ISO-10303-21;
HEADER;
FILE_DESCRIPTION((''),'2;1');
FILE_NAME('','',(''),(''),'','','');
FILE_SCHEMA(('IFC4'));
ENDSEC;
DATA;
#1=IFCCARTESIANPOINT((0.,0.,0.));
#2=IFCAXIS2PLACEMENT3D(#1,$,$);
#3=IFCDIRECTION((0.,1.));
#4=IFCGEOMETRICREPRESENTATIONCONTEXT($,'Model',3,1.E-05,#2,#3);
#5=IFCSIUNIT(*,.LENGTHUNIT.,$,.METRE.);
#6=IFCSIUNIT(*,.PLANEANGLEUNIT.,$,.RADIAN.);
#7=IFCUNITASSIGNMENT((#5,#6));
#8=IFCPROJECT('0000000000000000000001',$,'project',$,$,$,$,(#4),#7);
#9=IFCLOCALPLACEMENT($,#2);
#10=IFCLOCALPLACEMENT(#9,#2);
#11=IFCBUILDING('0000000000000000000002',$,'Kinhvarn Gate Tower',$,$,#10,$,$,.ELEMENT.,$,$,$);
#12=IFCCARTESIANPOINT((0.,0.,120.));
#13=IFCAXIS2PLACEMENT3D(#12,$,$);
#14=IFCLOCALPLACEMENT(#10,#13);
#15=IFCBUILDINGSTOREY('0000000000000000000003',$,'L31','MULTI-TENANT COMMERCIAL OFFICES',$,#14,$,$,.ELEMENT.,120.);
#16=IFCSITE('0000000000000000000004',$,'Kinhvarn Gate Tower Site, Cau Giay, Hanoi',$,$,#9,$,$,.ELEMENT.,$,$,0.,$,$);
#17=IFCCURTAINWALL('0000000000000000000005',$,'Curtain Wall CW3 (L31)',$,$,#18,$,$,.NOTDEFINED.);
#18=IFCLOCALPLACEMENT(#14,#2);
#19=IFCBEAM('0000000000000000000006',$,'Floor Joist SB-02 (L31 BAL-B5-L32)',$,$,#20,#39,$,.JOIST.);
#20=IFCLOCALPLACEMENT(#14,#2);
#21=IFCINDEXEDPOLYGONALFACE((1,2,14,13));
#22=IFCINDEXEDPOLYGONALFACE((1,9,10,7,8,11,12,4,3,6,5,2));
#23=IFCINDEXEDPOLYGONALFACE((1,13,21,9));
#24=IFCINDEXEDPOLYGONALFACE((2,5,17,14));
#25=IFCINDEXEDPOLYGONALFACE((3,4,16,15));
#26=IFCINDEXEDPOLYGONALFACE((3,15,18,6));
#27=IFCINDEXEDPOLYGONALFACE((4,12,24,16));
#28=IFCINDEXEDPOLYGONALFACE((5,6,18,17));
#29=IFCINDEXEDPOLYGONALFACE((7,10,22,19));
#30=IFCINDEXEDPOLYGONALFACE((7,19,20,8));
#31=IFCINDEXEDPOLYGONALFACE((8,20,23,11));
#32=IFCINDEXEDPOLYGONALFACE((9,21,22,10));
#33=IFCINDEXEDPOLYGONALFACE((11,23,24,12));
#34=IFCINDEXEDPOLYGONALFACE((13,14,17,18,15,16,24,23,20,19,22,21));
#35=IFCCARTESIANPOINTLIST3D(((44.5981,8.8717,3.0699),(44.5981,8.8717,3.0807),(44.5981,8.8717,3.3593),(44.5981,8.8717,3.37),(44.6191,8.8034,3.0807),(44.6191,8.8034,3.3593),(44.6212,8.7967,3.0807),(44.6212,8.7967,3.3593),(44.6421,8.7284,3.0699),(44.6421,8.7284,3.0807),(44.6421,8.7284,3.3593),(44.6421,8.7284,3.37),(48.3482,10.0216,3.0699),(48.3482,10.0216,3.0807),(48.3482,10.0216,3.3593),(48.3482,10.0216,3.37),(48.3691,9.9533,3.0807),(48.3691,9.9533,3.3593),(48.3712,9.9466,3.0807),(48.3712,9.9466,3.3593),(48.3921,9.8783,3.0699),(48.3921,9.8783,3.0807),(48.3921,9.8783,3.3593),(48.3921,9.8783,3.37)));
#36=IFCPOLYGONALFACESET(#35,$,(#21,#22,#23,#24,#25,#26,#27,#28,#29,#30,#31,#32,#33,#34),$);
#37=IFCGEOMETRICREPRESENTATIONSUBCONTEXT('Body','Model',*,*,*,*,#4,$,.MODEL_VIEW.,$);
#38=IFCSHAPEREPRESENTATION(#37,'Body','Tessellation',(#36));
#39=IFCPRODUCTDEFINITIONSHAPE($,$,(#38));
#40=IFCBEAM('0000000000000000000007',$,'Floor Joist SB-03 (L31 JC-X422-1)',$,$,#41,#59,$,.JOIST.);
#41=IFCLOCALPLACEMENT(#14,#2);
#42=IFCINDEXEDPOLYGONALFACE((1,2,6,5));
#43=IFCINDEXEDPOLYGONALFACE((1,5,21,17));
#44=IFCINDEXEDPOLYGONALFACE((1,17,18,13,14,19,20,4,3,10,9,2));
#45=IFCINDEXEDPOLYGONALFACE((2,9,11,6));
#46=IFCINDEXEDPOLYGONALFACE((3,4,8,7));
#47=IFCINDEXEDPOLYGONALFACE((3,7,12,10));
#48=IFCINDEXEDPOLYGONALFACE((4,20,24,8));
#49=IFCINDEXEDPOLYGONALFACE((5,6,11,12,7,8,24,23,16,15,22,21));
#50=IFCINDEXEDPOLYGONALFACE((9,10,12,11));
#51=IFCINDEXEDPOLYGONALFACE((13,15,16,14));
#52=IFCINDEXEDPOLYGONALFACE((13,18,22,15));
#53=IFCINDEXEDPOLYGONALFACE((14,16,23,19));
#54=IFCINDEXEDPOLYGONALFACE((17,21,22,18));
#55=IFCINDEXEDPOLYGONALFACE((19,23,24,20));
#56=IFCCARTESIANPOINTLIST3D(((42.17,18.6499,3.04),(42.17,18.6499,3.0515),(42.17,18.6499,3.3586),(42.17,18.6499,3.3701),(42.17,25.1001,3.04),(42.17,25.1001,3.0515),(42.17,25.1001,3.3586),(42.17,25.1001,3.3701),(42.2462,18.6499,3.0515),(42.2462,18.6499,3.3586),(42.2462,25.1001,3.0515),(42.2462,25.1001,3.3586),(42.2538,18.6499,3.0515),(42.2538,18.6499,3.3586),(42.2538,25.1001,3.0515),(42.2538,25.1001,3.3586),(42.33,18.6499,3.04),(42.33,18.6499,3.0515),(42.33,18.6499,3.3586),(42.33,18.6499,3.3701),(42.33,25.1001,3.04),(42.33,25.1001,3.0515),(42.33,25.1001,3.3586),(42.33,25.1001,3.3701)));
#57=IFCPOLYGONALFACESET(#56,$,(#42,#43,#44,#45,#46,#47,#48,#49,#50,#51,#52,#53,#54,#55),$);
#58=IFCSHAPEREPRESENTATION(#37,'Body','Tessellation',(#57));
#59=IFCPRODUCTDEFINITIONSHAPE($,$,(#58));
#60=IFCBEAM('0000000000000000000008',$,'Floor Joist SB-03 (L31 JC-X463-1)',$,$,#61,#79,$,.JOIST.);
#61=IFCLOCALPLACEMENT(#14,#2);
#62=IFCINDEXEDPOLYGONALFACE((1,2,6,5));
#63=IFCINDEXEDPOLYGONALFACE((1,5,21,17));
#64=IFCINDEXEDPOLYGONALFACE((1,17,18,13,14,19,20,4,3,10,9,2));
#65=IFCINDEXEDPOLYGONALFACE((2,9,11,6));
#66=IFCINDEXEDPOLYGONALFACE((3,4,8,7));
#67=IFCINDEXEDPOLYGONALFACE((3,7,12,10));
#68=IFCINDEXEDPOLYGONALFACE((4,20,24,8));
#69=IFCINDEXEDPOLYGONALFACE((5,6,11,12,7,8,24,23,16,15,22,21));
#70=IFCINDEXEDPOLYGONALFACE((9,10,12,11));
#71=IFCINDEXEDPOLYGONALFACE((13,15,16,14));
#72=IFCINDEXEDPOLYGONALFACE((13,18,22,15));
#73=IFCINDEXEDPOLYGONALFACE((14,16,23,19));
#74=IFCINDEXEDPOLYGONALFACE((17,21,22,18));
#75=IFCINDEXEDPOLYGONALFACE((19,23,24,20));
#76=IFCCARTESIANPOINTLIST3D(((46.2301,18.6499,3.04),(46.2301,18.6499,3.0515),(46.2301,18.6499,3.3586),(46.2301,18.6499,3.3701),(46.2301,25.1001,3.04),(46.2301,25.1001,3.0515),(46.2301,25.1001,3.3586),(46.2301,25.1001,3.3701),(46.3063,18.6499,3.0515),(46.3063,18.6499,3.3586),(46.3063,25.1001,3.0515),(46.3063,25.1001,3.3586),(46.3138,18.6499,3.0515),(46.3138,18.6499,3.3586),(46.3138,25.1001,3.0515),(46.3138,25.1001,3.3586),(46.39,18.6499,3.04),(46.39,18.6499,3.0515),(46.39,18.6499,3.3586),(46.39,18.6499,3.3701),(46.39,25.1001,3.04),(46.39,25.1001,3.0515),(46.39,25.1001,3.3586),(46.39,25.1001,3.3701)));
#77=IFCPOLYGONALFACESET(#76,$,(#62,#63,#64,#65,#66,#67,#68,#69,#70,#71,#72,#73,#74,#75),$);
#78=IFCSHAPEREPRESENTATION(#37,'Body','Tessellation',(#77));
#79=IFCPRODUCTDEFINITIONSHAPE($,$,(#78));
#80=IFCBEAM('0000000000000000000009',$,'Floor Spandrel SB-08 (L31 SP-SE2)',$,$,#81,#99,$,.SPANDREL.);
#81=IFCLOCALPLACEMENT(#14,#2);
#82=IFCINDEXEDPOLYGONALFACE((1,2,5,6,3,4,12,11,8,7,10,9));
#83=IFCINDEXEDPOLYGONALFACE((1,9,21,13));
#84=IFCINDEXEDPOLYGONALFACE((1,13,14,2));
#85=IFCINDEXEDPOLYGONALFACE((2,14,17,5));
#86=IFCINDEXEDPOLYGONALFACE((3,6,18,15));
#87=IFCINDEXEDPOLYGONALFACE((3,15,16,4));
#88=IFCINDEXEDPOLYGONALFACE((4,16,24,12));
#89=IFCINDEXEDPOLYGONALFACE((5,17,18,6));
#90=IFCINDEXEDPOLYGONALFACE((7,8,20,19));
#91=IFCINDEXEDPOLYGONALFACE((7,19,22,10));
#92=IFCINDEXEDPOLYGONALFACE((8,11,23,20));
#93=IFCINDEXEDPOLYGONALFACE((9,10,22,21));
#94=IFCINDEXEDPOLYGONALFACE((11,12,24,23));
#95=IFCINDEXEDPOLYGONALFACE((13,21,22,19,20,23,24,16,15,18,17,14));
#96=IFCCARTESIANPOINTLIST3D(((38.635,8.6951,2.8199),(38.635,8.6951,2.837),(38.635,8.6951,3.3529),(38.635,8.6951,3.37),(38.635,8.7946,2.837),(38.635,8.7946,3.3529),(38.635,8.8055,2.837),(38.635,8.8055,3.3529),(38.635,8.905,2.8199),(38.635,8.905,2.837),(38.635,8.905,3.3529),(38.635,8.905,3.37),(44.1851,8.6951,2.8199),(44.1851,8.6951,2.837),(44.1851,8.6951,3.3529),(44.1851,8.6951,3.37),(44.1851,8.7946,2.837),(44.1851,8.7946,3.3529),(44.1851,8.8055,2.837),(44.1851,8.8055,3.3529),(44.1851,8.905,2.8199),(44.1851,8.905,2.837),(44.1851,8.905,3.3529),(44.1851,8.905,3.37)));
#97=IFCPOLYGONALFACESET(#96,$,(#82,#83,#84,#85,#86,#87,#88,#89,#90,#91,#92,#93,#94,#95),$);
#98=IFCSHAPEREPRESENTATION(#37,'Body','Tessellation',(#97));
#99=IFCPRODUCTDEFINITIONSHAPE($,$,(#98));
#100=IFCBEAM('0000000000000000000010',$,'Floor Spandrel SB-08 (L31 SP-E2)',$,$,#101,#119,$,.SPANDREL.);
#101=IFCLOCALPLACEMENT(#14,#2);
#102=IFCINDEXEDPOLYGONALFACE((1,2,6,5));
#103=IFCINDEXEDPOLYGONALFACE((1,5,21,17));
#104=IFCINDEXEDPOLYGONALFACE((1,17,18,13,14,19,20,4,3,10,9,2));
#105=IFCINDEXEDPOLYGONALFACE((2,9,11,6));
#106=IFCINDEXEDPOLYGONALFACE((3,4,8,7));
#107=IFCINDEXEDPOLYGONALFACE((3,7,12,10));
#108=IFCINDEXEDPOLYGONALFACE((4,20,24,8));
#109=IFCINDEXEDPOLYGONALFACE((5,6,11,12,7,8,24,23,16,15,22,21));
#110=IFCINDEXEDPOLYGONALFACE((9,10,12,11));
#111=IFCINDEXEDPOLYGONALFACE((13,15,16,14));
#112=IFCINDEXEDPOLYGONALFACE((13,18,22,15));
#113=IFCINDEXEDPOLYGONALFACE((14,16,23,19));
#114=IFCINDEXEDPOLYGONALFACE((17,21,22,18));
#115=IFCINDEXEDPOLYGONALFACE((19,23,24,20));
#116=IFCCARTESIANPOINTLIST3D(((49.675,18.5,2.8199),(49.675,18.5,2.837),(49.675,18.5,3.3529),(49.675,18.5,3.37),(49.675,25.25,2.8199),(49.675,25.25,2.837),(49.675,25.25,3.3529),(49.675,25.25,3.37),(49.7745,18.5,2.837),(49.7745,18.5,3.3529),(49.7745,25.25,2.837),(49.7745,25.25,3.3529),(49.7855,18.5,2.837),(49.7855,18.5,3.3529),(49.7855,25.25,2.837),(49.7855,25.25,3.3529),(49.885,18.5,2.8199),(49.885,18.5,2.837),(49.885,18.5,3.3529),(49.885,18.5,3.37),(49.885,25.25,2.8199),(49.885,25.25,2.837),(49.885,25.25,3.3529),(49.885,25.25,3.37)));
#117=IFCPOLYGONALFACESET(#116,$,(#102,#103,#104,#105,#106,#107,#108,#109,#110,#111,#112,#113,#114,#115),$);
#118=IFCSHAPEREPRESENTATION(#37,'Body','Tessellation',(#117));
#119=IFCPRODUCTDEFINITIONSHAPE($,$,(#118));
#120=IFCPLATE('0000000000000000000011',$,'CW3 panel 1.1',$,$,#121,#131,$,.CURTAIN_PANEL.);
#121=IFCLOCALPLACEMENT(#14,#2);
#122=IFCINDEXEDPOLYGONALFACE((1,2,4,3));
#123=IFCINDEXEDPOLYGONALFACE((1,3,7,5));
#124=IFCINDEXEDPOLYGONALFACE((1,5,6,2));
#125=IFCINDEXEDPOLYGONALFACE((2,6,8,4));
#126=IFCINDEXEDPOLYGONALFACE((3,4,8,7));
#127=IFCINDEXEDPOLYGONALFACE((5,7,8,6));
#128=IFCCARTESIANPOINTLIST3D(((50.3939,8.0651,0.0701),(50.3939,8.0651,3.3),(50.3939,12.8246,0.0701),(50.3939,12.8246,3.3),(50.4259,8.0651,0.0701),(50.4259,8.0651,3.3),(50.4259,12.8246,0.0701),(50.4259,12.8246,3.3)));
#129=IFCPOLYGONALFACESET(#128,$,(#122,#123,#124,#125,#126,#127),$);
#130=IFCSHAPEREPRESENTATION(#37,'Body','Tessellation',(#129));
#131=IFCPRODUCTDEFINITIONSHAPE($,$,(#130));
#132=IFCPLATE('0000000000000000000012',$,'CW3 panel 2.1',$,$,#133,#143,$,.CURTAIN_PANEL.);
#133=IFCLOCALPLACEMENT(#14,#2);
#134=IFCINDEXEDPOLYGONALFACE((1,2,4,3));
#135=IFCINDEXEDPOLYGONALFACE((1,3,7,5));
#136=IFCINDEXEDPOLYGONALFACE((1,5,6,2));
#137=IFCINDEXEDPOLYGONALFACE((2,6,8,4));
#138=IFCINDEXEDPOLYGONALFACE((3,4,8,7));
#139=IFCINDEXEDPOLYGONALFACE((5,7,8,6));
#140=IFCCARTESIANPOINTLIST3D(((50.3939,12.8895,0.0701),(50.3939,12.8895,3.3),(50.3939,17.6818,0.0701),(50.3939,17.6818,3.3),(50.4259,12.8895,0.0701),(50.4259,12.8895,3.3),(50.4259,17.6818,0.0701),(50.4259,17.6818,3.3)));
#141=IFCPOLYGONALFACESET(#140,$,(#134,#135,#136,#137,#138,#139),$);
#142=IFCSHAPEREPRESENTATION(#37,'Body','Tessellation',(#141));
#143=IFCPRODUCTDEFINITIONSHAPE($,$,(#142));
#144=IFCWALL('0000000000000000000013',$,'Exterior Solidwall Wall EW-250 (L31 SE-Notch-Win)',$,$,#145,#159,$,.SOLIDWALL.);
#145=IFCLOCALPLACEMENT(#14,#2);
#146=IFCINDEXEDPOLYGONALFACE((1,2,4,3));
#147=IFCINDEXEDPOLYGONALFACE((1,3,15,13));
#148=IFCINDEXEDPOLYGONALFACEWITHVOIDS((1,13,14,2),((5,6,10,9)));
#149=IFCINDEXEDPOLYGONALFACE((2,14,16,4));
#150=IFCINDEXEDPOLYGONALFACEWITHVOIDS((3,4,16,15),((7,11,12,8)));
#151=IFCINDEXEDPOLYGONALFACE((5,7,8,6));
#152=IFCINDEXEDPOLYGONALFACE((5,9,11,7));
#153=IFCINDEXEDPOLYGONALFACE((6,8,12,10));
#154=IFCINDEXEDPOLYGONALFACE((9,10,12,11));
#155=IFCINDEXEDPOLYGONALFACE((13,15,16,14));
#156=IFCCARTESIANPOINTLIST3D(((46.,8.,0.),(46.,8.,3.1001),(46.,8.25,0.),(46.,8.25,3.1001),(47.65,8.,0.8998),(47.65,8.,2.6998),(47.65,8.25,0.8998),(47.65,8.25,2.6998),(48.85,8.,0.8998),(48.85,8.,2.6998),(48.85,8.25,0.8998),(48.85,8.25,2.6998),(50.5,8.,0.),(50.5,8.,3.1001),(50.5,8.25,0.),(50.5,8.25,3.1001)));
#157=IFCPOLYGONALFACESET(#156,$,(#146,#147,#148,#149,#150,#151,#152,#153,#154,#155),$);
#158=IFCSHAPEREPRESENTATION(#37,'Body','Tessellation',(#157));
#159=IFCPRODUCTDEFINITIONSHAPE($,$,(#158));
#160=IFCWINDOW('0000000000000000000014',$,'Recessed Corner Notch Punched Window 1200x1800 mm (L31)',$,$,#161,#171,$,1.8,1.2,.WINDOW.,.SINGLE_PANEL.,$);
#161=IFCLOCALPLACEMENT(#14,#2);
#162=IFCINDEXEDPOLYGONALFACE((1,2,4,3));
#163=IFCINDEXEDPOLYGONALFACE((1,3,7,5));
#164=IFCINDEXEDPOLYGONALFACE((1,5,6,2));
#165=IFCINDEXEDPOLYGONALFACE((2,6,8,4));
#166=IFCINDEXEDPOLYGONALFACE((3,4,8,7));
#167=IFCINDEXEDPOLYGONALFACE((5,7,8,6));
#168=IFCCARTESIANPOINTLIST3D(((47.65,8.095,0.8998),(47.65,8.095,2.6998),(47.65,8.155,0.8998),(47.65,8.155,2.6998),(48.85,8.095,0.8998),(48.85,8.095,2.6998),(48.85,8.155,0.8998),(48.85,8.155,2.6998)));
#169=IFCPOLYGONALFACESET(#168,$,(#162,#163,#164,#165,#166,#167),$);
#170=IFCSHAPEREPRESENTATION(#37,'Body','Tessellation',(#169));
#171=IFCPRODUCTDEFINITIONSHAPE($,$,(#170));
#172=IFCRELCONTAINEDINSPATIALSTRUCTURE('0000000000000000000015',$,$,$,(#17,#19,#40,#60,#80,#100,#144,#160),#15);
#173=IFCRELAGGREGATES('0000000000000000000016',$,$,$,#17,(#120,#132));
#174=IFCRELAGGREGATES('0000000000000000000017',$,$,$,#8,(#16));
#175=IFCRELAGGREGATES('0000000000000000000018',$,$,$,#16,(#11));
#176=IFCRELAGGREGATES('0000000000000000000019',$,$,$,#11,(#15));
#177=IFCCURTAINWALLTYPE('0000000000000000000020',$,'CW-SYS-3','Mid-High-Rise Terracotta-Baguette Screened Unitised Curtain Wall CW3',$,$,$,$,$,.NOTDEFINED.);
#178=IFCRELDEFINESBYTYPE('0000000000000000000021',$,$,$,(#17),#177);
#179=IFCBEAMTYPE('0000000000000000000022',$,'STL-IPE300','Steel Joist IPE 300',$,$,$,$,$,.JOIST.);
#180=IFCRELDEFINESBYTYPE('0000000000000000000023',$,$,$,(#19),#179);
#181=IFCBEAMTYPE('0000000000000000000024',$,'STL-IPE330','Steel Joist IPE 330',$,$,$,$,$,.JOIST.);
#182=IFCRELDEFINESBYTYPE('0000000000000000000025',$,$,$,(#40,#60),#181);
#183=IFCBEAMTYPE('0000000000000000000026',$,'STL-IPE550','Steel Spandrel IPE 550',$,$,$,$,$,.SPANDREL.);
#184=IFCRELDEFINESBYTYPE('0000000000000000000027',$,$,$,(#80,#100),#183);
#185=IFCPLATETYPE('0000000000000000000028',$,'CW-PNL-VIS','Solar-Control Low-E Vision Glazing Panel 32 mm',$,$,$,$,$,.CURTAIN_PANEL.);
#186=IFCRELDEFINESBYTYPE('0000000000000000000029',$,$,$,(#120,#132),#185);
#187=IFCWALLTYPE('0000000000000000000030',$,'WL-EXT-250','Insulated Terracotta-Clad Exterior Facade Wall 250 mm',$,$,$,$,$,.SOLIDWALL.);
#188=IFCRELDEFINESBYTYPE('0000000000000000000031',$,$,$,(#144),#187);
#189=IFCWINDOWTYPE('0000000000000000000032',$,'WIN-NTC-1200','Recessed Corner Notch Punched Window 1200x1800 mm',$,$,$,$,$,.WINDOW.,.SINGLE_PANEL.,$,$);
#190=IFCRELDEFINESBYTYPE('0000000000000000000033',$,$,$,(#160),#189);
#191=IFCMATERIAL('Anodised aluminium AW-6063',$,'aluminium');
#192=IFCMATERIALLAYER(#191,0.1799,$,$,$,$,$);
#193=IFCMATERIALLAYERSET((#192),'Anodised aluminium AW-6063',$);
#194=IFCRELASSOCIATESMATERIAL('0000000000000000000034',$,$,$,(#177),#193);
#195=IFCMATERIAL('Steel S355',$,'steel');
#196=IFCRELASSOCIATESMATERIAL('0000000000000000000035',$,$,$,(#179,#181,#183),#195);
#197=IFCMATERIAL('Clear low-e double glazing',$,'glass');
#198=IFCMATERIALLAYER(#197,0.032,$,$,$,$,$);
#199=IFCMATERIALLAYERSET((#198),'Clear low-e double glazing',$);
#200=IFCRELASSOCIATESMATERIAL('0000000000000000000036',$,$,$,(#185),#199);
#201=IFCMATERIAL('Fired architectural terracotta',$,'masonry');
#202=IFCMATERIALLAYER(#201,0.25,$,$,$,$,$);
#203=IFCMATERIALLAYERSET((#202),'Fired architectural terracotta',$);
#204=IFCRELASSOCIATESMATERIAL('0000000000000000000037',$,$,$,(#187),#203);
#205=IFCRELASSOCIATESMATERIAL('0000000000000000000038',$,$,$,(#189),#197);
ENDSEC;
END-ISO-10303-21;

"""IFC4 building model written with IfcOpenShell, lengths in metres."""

from ifc_helpers import new_model, si_unit, direction, frame, frame_2d, origin, origin_2d, place, context, subcontext, project, spatial, rectangle, i_section, extrude, material, layer, layer_set, material_profile, profile_set, type_object, element, fill, aggregate, save


model = new_model("IFC4")

# Units and contexts
model_context = context("Model", 3, precision=1e-05, world=origin(), true_north=direction((0.0, 1.0)))
body_context = subcontext(model_context, "Body", "Model", "MODEL_VIEW")
ifc_project = project(units=[si_unit("LENGTHUNIT", "METRE"), si_unit("PLANEANGLEUNIT", "RADIAN")], contexts=[model_context])

# Site, building, storey
site_placement = place(None, origin())
site = spatial("IfcSite", under=ifc_project, at=site_placement, Name="Kinhvarn Gate Tower Site, Cau Giay, Hanoi", CompositionType="ELEMENT", RefElevation=0.0)
building_placement = place(site_placement, origin())
building = spatial("IfcBuilding", under=site, at=building_placement, Name="Kinhvarn Gate Tower", CompositionType="ELEMENT")
storey_placement = place(building_placement, frame((0.0, 0.0, 120.0)))
storey = spatial("IfcBuildingStorey", under=building, at=storey_placement, Name="L31", Description="MULTI-TENANT COMMERCIAL OFFICES", CompositionType="ELEMENT", Elevation=120.0)

# Curtain wall
ifc_material_1 = material(Name="Anodised aluminium AW-6063", Category="aluminium")
ifc_layer_1 = layer(ifc_material_1, 0.1799)
ifc_layer_set_1 = layer_set([ifc_layer_1], Name="Anodised aluminium AW-6063")
curtain_wall_type = type_object("IfcCurtainWallType", Name="CW-SYS-3", Description="Mid-High-Rise Terracotta-Baguette Screened Unitised Curtain Wall CW3", PredefinedType="NOTDEFINED", material=ifc_layer_set_1)
curtain_wall_placement = place(storey_placement, origin())
curtain_wall = element("IfcCurtainWall", 1, at=curtain_wall_placement, inside=storey, type_object=curtain_wall_type, Name="Curtain Wall CW3 (L31)", PredefinedType="NOTDEFINED")

# Beams
ifc_material_2 = material(Name="Steel S355", Category="steel")
ifc_material_profile_1 = material_profile(ifc_material_2, i_section(OverallWidth=0.1499, OverallDepth=0.3, WebThickness=0.0071, FlangeThickness=0.0107, at=origin_2d()), Name="IPE 300")
ifc_profile_set_1 = profile_set([ifc_material_profile_1], Name="Steel S355")
beam_type_1 = type_object("IfcBeamType", Name="STL-IPE300", Description="Steel Joist IPE 300", PredefinedType="JOIST", material=ifc_profile_set_1)
beam_1_placement = place(storey_placement, frame((44.6201, 8.8, 3.22), z_axis=(0.956061, 0.293167, 0.0), x_axis=(-0.293167, 0.956061, 0.0)))
element("IfcBeam", 2, at=beam_1_placement, inside=storey, type_object=beam_type_1, Name="Floor Joist SB-02 (L31 BAL-B5-L32)", PredefinedType="JOIST", context=body_context, shape_type="SweptSolid", body=[
    extrude(i_section(OverallWidth=0.1499, OverallDepth=0.3, WebThickness=0.0071, FlangeThickness=0.0107, at=origin_2d()), origin(), (0.0, 0.0, 1.0), 3.9224),
])
ifc_material_profile_2 = material_profile(ifc_material_2, i_section(OverallWidth=0.1599, OverallDepth=0.3301, WebThickness=0.0076, FlangeThickness=0.0115, at=origin_2d()), Name="IPE 330")
ifc_profile_set_2 = profile_set([ifc_material_profile_2], Name="Steel S355")
beam_type_2 = type_object("IfcBeamType", Name="STL-IPE330", Description="Steel Joist IPE 330", PredefinedType="JOIST", material=ifc_profile_set_2)
for number, where, z_axis, x_axis, name in (
    (3, (42.25, 18.6499, 3.2051), (0.0, 1.0, 0.0), (-1.0, 0.0, 0.0), "Floor Joist SB-03 (L31 JC-X422-1)"),
    (4, (46.3101, 18.6499, 3.2051), (0.0, 1.0, 0.0), (-1.0, 0.0, 0.0), "Floor Joist SB-03 (L31 JC-X463-1)"),
):
    element("IfcBeam", number, at=place(storey_placement, frame(where, z_axis=z_axis, x_axis=x_axis)), inside=storey, type_object=beam_type_2, Name=name, PredefinedType="JOIST", context=body_context, shape_type="SweptSolid", body=[
        extrude(i_section(OverallWidth=0.1599, OverallDepth=0.3301, WebThickness=0.0076, FlangeThickness=0.0115, at=origin_2d()), origin(), (0.0, 0.0, 1.0), 6.4502),
    ])
ifc_material_profile_3 = material_profile(ifc_material_2, i_section(OverallWidth=0.21, OverallDepth=0.55, WebThickness=0.011, FlangeThickness=0.0171, at=origin_2d()), Name="IPE 550")
ifc_profile_set_3 = profile_set([ifc_material_profile_3], Name="Steel S355")
beam_type_3 = type_object("IfcBeamType", Name="STL-IPE550", Description="Steel Spandrel IPE 550", PredefinedType="SPANDREL", material=ifc_profile_set_3)
beam_2_placement = place(storey_placement, frame((38.635, 8.8, 3.095), z_axis=(1.0, 0.0, 0.0), x_axis=(0.0, 1.0, 0.0)))
element("IfcBeam", 5, at=beam_2_placement, inside=storey, type_object=beam_type_3, Name="Floor Spandrel SB-08 (L31 SP-SE2)", PredefinedType="SPANDREL", context=body_context, shape_type="SweptSolid", body=[
    extrude(i_section(OverallWidth=0.21, OverallDepth=0.55, WebThickness=0.011, FlangeThickness=0.0171, at=origin_2d()), origin(), (0.0, 0.0, 1.0), 5.55),
])
beam_3_placement = place(storey_placement, frame((49.78, 18.5, 3.095), z_axis=(0.0, 1.0, 0.0), x_axis=(-1.0, 0.0, 0.0)))
element("IfcBeam", 6, at=beam_3_placement, inside=storey, type_object=beam_type_3, Name="Floor Spandrel SB-08 (L31 SP-E2)", PredefinedType="SPANDREL", context=body_context, shape_type="SweptSolid", body=[
    extrude(i_section(OverallWidth=0.21, OverallDepth=0.55, WebThickness=0.011, FlangeThickness=0.0171, at=origin_2d()), origin(), (0.0, 0.0, 1.0), 6.75),
])

# Plates
ifc_material_3 = material(Name="Clear low-e double glazing", Category="glass")
ifc_layer_2 = layer(ifc_material_3, 0.032)
ifc_layer_set_2 = layer_set([ifc_layer_2], Name="Clear low-e double glazing")
plate_type = type_object("IfcPlateType", Name="CW-PNL-VIS", Description="Solar-Control Low-E Vision Glazing Panel 32 mm", PredefinedType="CURTAIN_PANEL", material=ifc_layer_set_2)
plate_1_placement = place(storey_placement, frame((50.4099, 10.4448, 0.0701), z_axis=(0.0, 0.0, 1.0), x_axis=(0.0, 1.0, 0.0)))
plate_1 = element("IfcPlate", 7, at=plate_1_placement, type_object=plate_type, Name="CW3 panel 1.1", PredefinedType="CURTAIN_PANEL", context=body_context, shape_type="SweptSolid", body=[
    extrude(rectangle(XDim=4.7595, YDim=0.032, at=origin_2d()), origin(), (0.0, 0.0, 1.0), 3.23),
])
plate_2_placement = place(storey_placement, frame((50.4099, 15.2856, 0.0701), z_axis=(0.0, 0.0, 1.0), x_axis=(0.0, 1.0, 0.0)))
plate_2 = element("IfcPlate", 8, at=plate_2_placement, type_object=plate_type, Name="CW3 panel 2.1", PredefinedType="CURTAIN_PANEL", context=body_context, shape_type="SweptSolid", body=[
    extrude(rectangle(XDim=4.7922, YDim=0.032, at=origin_2d()), origin(), (0.0, 0.0, 1.0), 3.23),
])
aggregate(curtain_wall, [plate_1, plate_2])

# Wall, opening, window
ifc_material_4 = material(Name="Fired architectural terracotta", Category="masonry")
ifc_layer_3 = layer(ifc_material_4, 0.25)
ifc_layer_set_3 = layer_set([ifc_layer_3], Name="Fired architectural terracotta")
wall_type = type_object("IfcWallType", Name="WL-EXT-250", Description="Insulated Terracotta-Clad Exterior Facade Wall 250 mm", PredefinedType="SOLIDWALL", material=ifc_layer_set_3)
wall_placement = place(storey_placement, frame((46.0, 8.125, 0.0), z_axis=(0.0, 0.0, 1.0), x_axis=(1.0, 0.0, 0.0)))
wall = element("IfcWall", 9, at=wall_placement, inside=storey, type_object=wall_type, Name="Exterior Solidwall Wall EW-250 (L31 SE-Notch-Win)", PredefinedType="SOLIDWALL", context=body_context, shape_type="SweptSolid", body=[
    extrude(rectangle(XDim=4.5, YDim=0.25, at=frame_2d((2.25, 0.0))), origin(), (0.0, 0.0, 1.0), 3.1001),
])
opening_placement = place(wall_placement, frame((1.6499, 0.0, 0.8999)))
opening = element("IfcOpeningElement", 10, at=opening_placement, cuts=wall, PredefinedType="OPENING", context=body_context, shape_type="SweptSolid", body=[
    extrude(rectangle(XDim=1.2, YDim=1.8, at=frame_2d((0.6001, 0.8999))), frame((0.0, 0.135, 0.0), z_axis=(0.0, -1.0, 0.0), x_axis=(1.0, 0.0, 0.0)), (0.0, 0.0, 1.0), 0.27),
])
window_type = type_object("IfcWindowType", Name="WIN-NTC-1200", Description="Recessed Corner Notch Punched Window 1200x1800 mm", PartitioningType="SINGLE_PANEL", PredefinedType="WINDOW", material=ifc_material_3)
window_placement = place(opening_placement, origin())
window = element("IfcWindow", 11, at=window_placement, inside=storey, type_object=window_type, Name="Recessed Corner Notch Punched Window 1200x1800 mm (L31)", OverallHeight=1.8, OverallWidth=1.2, PartitioningType="SINGLE_PANEL", PredefinedType="WINDOW", context=body_context, shape_type="SweptSolid", body=[
    extrude(rectangle(XDim=1.2, YDim=1.8, at=frame_2d((0.6001, 0.8999))), frame((0.0, 0.03, 0.0), z_axis=(0.0, -1.0, 0.0), x_axis=(1.0, 0.0, 0.0)), (0.0, 0.0, 1.0), 0.0601),
])
fill(opening, window)

save(model, "model.ifc")
